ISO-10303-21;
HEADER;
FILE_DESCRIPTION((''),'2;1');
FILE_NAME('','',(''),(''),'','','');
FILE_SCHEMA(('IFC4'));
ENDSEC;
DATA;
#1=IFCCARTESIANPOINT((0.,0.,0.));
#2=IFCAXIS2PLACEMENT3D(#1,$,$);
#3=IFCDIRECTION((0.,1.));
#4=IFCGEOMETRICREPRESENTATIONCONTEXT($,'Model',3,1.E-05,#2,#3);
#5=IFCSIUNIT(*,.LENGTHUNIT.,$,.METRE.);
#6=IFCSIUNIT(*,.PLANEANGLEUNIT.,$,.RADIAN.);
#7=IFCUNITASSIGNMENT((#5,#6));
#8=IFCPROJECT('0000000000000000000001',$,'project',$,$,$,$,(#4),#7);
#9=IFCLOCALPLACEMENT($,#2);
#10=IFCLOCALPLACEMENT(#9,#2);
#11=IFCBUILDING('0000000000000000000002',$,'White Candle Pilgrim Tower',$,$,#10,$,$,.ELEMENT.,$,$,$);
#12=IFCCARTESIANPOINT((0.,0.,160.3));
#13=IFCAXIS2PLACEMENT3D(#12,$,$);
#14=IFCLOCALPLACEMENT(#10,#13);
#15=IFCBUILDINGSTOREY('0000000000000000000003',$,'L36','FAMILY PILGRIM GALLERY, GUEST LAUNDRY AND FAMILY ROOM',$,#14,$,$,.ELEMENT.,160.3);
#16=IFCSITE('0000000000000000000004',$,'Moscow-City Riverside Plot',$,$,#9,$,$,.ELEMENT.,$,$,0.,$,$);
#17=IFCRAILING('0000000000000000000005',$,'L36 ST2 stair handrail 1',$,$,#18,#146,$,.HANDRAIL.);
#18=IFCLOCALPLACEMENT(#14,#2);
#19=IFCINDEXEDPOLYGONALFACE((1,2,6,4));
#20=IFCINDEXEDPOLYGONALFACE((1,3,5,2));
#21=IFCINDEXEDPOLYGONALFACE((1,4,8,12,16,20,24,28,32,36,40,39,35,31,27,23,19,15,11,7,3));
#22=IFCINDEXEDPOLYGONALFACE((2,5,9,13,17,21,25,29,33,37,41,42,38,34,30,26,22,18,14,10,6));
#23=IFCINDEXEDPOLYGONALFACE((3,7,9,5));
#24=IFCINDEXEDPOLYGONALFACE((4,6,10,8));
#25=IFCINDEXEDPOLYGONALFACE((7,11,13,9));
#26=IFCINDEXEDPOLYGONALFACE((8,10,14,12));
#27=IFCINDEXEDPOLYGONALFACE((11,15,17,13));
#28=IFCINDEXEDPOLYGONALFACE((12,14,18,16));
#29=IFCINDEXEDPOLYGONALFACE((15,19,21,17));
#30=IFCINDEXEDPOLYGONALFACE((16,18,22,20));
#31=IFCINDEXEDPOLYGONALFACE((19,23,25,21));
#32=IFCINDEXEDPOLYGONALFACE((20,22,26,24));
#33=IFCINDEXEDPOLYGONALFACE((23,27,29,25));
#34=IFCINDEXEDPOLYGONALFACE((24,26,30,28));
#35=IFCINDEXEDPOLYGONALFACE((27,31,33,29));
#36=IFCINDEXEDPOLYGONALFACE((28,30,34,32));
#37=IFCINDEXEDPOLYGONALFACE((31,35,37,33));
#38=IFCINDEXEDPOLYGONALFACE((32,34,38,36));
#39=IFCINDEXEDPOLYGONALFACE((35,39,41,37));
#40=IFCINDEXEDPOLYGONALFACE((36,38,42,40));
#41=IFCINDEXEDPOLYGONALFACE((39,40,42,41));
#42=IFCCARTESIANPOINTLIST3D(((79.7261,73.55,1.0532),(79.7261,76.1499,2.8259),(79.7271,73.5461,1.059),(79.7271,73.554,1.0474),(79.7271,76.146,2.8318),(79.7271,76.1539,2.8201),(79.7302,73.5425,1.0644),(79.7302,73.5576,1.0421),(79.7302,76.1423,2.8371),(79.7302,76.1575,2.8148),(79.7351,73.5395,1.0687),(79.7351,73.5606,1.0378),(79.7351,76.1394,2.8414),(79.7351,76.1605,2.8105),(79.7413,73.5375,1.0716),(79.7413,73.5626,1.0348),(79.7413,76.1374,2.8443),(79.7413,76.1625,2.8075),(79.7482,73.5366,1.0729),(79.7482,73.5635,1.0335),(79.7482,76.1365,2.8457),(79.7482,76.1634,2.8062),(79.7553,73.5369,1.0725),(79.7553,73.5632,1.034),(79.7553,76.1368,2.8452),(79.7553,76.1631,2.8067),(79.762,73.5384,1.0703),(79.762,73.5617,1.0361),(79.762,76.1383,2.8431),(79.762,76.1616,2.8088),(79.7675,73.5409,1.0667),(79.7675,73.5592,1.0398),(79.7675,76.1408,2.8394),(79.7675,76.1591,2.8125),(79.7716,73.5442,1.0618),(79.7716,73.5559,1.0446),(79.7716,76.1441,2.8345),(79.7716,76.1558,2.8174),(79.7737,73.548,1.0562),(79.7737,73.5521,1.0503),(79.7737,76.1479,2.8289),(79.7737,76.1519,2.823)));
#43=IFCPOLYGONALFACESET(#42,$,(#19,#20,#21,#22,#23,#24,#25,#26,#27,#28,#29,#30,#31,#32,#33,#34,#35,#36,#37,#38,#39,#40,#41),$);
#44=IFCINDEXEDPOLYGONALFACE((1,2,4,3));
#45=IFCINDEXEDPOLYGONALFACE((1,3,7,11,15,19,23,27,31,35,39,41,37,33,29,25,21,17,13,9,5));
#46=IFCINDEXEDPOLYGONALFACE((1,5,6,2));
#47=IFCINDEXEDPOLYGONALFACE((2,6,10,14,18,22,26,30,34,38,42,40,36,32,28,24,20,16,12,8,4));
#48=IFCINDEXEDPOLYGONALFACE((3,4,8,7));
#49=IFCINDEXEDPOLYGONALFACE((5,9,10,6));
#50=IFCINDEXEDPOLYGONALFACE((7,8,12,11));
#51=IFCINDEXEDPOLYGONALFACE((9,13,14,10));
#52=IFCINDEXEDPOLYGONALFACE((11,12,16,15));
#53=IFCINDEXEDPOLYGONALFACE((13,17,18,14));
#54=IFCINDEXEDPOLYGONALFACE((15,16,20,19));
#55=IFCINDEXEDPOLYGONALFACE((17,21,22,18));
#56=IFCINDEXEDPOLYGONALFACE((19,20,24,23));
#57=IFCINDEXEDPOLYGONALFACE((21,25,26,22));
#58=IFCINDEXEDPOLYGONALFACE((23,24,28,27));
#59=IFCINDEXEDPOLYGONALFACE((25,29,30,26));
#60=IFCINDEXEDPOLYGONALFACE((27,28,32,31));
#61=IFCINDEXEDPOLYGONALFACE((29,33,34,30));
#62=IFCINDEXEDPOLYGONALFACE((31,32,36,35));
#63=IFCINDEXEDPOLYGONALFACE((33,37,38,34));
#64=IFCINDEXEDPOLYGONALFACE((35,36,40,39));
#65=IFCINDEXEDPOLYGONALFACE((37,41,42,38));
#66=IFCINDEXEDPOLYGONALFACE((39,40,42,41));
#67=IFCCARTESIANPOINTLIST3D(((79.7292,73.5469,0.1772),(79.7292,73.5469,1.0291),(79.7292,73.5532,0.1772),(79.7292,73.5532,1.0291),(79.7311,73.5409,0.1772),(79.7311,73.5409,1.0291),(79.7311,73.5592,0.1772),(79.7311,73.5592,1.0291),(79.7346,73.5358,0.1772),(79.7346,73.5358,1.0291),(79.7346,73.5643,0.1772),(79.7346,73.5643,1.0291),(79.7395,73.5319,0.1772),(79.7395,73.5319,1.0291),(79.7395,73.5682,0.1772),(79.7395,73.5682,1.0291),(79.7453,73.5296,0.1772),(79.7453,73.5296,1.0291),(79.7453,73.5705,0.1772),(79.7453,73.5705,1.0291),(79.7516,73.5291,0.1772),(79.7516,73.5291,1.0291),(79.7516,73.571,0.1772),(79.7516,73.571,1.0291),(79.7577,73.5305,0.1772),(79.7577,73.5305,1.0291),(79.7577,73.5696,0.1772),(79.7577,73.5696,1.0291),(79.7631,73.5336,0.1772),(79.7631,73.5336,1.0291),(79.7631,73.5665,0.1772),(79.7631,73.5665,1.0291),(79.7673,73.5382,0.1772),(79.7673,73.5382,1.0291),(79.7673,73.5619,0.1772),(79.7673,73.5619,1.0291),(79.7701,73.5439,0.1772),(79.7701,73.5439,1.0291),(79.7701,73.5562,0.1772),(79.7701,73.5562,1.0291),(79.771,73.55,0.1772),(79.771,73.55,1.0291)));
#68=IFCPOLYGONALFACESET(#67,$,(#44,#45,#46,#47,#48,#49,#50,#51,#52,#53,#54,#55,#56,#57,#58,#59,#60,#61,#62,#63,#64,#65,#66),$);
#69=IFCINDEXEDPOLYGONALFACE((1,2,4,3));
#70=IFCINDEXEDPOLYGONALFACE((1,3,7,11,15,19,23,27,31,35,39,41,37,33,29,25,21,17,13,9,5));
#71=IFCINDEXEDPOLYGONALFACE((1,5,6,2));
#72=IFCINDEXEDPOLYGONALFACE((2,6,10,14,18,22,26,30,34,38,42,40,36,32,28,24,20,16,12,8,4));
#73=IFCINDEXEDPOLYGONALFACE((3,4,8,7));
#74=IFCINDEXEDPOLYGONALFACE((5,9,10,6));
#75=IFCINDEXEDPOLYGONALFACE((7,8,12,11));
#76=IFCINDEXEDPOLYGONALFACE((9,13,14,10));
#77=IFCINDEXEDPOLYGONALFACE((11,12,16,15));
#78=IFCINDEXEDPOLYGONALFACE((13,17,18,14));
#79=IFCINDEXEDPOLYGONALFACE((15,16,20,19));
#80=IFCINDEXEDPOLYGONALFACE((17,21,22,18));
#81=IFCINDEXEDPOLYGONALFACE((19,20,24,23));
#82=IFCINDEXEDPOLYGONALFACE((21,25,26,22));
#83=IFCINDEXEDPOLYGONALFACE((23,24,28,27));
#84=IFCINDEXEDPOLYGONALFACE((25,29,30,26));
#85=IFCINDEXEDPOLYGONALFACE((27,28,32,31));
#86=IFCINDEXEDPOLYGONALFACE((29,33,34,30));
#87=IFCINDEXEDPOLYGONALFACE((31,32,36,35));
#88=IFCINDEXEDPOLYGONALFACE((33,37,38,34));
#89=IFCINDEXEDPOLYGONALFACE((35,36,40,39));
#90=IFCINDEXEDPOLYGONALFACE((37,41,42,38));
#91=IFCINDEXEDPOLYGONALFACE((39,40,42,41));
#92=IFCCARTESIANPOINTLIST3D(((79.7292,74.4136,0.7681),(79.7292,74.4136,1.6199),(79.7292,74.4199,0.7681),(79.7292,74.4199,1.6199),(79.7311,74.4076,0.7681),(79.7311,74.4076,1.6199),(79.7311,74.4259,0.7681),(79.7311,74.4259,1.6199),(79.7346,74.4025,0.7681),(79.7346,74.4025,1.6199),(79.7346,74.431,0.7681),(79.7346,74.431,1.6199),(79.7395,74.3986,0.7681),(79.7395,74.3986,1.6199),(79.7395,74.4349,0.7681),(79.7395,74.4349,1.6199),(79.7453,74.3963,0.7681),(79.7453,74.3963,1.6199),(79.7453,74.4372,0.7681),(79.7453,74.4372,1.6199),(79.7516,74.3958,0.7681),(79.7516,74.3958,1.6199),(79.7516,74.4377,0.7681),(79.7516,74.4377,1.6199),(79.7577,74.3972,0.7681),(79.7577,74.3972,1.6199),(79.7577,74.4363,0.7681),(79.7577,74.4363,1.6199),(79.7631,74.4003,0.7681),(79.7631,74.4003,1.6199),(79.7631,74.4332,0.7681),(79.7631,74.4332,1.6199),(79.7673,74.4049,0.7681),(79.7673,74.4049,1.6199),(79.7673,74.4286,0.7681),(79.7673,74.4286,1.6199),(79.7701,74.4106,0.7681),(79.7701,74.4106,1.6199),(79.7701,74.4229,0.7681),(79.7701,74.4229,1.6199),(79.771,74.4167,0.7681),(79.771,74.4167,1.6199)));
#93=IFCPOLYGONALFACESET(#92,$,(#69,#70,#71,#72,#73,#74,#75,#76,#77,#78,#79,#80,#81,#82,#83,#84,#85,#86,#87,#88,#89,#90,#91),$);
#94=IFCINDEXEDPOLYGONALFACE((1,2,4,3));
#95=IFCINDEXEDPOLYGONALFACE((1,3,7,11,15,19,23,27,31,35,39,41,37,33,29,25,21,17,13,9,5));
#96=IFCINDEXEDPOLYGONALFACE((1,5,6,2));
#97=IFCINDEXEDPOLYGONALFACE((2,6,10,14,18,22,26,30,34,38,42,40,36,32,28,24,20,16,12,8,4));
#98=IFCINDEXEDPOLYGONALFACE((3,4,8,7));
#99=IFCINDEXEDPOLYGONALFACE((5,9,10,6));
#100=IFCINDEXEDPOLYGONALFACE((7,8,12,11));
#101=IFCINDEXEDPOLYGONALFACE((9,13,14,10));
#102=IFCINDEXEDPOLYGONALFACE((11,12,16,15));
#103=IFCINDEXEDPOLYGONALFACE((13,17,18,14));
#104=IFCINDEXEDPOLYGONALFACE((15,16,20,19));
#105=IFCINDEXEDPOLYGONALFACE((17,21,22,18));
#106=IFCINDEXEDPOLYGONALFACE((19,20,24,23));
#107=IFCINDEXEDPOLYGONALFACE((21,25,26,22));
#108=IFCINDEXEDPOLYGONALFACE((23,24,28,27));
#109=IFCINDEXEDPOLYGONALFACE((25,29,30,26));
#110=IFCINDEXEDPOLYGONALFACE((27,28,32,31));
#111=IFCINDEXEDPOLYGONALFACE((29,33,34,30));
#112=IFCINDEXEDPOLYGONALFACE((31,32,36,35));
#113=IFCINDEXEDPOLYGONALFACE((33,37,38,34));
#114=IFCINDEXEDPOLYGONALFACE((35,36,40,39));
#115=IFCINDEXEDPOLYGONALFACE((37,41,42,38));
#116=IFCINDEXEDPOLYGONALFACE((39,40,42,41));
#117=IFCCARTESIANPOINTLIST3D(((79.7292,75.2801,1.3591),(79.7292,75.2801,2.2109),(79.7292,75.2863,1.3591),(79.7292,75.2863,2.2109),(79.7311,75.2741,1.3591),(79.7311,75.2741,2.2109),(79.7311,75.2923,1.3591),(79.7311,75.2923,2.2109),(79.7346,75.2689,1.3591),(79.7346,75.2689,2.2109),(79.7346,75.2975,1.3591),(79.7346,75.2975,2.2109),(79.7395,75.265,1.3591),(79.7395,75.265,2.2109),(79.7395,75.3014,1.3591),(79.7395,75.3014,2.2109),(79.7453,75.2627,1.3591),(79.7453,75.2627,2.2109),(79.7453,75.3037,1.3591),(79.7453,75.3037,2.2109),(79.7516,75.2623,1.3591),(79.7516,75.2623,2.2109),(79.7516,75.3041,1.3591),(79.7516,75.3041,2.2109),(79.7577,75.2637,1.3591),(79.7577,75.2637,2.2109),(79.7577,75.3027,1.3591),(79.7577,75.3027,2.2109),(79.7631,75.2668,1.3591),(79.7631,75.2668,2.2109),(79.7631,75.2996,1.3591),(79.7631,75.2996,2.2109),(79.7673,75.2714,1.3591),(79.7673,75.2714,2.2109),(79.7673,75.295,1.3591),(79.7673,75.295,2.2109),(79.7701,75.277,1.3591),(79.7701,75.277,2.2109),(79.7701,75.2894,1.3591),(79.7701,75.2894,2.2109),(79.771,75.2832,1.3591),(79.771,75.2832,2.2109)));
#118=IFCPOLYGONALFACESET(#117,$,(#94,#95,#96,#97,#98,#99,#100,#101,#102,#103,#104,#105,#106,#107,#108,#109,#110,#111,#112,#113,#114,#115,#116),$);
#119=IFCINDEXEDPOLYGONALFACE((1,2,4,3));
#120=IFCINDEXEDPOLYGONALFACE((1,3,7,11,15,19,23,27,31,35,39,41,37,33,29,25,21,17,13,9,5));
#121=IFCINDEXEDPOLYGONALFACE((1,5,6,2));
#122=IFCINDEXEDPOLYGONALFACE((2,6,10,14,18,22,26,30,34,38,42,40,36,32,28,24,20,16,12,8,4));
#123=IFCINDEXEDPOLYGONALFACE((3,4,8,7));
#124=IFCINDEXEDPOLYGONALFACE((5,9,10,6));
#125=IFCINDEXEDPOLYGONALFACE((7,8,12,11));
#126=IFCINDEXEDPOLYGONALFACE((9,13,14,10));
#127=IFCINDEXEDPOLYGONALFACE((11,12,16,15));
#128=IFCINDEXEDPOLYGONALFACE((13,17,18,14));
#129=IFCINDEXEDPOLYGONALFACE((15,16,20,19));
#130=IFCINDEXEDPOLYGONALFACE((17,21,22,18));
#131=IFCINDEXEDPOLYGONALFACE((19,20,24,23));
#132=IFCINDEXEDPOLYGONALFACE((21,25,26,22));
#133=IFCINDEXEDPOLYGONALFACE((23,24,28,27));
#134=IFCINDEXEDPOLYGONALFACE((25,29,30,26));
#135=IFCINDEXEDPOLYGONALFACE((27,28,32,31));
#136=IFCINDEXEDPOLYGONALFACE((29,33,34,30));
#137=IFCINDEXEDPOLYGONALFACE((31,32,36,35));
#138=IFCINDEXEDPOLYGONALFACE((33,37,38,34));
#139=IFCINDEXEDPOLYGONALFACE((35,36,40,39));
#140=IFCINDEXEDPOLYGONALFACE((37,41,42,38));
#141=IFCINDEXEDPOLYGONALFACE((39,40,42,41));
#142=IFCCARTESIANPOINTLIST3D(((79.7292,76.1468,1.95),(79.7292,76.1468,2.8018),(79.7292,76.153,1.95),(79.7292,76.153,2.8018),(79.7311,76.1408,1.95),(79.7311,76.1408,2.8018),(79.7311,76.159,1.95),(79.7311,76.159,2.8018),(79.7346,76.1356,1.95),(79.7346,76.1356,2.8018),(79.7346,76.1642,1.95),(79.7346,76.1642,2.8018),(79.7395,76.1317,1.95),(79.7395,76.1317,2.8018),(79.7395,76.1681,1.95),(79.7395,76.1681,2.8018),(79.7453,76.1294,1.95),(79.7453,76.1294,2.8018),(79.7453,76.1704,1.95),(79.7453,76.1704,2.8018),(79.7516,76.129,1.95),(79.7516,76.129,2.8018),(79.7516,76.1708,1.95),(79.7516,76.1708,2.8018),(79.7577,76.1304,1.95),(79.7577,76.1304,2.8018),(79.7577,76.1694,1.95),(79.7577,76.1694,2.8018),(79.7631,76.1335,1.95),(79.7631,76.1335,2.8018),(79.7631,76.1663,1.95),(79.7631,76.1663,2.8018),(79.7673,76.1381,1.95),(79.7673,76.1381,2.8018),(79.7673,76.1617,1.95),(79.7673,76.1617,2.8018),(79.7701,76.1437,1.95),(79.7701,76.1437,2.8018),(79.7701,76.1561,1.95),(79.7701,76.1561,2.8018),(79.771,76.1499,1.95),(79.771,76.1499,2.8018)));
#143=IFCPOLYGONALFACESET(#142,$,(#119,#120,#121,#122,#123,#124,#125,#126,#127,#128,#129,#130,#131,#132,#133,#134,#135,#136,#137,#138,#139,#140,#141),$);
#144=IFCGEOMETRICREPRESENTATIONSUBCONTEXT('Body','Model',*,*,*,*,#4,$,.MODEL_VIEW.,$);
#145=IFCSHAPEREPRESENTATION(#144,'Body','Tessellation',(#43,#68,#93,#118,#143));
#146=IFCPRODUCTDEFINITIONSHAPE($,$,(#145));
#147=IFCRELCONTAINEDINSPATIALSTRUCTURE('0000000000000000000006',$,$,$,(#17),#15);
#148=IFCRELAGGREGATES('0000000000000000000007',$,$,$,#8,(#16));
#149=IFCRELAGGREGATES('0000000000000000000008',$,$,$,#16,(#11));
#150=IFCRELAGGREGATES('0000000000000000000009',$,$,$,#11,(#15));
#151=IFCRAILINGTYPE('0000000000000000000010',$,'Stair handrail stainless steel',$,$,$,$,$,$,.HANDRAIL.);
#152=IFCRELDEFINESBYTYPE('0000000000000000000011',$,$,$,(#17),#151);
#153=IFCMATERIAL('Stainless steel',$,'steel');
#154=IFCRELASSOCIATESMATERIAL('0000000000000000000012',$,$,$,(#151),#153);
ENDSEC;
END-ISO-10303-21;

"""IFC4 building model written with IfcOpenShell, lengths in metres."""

from ifc_helpers import new_model, si_unit, direction, frame, origin, origin_2d, place, context, subcontext, project, spatial, circle, extrude, material, type_object, element, save


model = new_model("IFC4")

# Units and contexts
model_context = context("Model", 3, precision=1e-05, world=origin(), true_north=direction((0.0, 1.0)))
body_context = subcontext(model_context, "Body", "Model", "MODEL_VIEW")
ifc_project = project(units=[si_unit("LENGTHUNIT", "METRE"), si_unit("PLANEANGLEUNIT", "RADIAN")], contexts=[model_context])

# Site, building, storey
site_placement = place(None, origin())
site = spatial("IfcSite", under=ifc_project, at=site_placement, Name="Moscow-City Riverside Plot", CompositionType="ELEMENT", RefElevation=0.0)
building_placement = place(site_placement, origin())
building = spatial("IfcBuilding", under=site, at=building_placement, Name="White Candle Pilgrim Tower", CompositionType="ELEMENT")
storey_placement = place(building_placement, frame((0.0, 0.0, 160.3)))
storey = spatial("IfcBuildingStorey", under=building, at=storey_placement, Name="L36", Description="FAMILY PILGRIM GALLERY, GUEST LAUNDRY AND FAMILY ROOM", CompositionType="ELEMENT", Elevation=160.3)

# Railing
ifc_material_1 = material(Name="Stainless steel", Category="steel")
railing_type_1 = type_object("IfcRailingType", Name="Stair handrail stainless steel", PredefinedType="HANDRAIL", material=ifc_material_1)
railing_1_placement = place(storey_placement, frame((79.75, 73.55, 0.1772)))
element("IfcRailing", 1, at=railing_1_placement, inside=storey, type_object=railing_type_1, Name="L36 ST2 stair handrail 1", PredefinedType="HANDRAIL", context=body_context, shape_type="SweptSolid", body=[
    extrude(circle(Radius=0.0239, at=origin_2d()), frame((0.0, 0.0, 0.876), z_axis=(0.0, 0.826216, 0.563354), x_axis=(-1.0, 0.0, 0.0)), (0.0, 0.0, 1.0), 3.1467),
    extrude(circle(Radius=0.021, at=origin_2d()), origin(), (0.0, 0.0, 1.0), 0.8518),
    extrude(circle(Radius=0.021, at=origin_2d()), frame((0.0, 0.8667, 0.5908)), (0.0, 0.0, 1.0), 0.8518),
    extrude(circle(Radius=0.021, at=origin_2d()), frame((0.0, 1.7332, 1.1819)), (0.0, 0.0, 1.0), 0.8518),
    extrude(circle(Radius=0.021, at=origin_2d()), frame((0.0, 2.5999, 1.7727)), (0.0, 0.0, 1.0), 0.8518),
])

save(model, "model.ifc")
